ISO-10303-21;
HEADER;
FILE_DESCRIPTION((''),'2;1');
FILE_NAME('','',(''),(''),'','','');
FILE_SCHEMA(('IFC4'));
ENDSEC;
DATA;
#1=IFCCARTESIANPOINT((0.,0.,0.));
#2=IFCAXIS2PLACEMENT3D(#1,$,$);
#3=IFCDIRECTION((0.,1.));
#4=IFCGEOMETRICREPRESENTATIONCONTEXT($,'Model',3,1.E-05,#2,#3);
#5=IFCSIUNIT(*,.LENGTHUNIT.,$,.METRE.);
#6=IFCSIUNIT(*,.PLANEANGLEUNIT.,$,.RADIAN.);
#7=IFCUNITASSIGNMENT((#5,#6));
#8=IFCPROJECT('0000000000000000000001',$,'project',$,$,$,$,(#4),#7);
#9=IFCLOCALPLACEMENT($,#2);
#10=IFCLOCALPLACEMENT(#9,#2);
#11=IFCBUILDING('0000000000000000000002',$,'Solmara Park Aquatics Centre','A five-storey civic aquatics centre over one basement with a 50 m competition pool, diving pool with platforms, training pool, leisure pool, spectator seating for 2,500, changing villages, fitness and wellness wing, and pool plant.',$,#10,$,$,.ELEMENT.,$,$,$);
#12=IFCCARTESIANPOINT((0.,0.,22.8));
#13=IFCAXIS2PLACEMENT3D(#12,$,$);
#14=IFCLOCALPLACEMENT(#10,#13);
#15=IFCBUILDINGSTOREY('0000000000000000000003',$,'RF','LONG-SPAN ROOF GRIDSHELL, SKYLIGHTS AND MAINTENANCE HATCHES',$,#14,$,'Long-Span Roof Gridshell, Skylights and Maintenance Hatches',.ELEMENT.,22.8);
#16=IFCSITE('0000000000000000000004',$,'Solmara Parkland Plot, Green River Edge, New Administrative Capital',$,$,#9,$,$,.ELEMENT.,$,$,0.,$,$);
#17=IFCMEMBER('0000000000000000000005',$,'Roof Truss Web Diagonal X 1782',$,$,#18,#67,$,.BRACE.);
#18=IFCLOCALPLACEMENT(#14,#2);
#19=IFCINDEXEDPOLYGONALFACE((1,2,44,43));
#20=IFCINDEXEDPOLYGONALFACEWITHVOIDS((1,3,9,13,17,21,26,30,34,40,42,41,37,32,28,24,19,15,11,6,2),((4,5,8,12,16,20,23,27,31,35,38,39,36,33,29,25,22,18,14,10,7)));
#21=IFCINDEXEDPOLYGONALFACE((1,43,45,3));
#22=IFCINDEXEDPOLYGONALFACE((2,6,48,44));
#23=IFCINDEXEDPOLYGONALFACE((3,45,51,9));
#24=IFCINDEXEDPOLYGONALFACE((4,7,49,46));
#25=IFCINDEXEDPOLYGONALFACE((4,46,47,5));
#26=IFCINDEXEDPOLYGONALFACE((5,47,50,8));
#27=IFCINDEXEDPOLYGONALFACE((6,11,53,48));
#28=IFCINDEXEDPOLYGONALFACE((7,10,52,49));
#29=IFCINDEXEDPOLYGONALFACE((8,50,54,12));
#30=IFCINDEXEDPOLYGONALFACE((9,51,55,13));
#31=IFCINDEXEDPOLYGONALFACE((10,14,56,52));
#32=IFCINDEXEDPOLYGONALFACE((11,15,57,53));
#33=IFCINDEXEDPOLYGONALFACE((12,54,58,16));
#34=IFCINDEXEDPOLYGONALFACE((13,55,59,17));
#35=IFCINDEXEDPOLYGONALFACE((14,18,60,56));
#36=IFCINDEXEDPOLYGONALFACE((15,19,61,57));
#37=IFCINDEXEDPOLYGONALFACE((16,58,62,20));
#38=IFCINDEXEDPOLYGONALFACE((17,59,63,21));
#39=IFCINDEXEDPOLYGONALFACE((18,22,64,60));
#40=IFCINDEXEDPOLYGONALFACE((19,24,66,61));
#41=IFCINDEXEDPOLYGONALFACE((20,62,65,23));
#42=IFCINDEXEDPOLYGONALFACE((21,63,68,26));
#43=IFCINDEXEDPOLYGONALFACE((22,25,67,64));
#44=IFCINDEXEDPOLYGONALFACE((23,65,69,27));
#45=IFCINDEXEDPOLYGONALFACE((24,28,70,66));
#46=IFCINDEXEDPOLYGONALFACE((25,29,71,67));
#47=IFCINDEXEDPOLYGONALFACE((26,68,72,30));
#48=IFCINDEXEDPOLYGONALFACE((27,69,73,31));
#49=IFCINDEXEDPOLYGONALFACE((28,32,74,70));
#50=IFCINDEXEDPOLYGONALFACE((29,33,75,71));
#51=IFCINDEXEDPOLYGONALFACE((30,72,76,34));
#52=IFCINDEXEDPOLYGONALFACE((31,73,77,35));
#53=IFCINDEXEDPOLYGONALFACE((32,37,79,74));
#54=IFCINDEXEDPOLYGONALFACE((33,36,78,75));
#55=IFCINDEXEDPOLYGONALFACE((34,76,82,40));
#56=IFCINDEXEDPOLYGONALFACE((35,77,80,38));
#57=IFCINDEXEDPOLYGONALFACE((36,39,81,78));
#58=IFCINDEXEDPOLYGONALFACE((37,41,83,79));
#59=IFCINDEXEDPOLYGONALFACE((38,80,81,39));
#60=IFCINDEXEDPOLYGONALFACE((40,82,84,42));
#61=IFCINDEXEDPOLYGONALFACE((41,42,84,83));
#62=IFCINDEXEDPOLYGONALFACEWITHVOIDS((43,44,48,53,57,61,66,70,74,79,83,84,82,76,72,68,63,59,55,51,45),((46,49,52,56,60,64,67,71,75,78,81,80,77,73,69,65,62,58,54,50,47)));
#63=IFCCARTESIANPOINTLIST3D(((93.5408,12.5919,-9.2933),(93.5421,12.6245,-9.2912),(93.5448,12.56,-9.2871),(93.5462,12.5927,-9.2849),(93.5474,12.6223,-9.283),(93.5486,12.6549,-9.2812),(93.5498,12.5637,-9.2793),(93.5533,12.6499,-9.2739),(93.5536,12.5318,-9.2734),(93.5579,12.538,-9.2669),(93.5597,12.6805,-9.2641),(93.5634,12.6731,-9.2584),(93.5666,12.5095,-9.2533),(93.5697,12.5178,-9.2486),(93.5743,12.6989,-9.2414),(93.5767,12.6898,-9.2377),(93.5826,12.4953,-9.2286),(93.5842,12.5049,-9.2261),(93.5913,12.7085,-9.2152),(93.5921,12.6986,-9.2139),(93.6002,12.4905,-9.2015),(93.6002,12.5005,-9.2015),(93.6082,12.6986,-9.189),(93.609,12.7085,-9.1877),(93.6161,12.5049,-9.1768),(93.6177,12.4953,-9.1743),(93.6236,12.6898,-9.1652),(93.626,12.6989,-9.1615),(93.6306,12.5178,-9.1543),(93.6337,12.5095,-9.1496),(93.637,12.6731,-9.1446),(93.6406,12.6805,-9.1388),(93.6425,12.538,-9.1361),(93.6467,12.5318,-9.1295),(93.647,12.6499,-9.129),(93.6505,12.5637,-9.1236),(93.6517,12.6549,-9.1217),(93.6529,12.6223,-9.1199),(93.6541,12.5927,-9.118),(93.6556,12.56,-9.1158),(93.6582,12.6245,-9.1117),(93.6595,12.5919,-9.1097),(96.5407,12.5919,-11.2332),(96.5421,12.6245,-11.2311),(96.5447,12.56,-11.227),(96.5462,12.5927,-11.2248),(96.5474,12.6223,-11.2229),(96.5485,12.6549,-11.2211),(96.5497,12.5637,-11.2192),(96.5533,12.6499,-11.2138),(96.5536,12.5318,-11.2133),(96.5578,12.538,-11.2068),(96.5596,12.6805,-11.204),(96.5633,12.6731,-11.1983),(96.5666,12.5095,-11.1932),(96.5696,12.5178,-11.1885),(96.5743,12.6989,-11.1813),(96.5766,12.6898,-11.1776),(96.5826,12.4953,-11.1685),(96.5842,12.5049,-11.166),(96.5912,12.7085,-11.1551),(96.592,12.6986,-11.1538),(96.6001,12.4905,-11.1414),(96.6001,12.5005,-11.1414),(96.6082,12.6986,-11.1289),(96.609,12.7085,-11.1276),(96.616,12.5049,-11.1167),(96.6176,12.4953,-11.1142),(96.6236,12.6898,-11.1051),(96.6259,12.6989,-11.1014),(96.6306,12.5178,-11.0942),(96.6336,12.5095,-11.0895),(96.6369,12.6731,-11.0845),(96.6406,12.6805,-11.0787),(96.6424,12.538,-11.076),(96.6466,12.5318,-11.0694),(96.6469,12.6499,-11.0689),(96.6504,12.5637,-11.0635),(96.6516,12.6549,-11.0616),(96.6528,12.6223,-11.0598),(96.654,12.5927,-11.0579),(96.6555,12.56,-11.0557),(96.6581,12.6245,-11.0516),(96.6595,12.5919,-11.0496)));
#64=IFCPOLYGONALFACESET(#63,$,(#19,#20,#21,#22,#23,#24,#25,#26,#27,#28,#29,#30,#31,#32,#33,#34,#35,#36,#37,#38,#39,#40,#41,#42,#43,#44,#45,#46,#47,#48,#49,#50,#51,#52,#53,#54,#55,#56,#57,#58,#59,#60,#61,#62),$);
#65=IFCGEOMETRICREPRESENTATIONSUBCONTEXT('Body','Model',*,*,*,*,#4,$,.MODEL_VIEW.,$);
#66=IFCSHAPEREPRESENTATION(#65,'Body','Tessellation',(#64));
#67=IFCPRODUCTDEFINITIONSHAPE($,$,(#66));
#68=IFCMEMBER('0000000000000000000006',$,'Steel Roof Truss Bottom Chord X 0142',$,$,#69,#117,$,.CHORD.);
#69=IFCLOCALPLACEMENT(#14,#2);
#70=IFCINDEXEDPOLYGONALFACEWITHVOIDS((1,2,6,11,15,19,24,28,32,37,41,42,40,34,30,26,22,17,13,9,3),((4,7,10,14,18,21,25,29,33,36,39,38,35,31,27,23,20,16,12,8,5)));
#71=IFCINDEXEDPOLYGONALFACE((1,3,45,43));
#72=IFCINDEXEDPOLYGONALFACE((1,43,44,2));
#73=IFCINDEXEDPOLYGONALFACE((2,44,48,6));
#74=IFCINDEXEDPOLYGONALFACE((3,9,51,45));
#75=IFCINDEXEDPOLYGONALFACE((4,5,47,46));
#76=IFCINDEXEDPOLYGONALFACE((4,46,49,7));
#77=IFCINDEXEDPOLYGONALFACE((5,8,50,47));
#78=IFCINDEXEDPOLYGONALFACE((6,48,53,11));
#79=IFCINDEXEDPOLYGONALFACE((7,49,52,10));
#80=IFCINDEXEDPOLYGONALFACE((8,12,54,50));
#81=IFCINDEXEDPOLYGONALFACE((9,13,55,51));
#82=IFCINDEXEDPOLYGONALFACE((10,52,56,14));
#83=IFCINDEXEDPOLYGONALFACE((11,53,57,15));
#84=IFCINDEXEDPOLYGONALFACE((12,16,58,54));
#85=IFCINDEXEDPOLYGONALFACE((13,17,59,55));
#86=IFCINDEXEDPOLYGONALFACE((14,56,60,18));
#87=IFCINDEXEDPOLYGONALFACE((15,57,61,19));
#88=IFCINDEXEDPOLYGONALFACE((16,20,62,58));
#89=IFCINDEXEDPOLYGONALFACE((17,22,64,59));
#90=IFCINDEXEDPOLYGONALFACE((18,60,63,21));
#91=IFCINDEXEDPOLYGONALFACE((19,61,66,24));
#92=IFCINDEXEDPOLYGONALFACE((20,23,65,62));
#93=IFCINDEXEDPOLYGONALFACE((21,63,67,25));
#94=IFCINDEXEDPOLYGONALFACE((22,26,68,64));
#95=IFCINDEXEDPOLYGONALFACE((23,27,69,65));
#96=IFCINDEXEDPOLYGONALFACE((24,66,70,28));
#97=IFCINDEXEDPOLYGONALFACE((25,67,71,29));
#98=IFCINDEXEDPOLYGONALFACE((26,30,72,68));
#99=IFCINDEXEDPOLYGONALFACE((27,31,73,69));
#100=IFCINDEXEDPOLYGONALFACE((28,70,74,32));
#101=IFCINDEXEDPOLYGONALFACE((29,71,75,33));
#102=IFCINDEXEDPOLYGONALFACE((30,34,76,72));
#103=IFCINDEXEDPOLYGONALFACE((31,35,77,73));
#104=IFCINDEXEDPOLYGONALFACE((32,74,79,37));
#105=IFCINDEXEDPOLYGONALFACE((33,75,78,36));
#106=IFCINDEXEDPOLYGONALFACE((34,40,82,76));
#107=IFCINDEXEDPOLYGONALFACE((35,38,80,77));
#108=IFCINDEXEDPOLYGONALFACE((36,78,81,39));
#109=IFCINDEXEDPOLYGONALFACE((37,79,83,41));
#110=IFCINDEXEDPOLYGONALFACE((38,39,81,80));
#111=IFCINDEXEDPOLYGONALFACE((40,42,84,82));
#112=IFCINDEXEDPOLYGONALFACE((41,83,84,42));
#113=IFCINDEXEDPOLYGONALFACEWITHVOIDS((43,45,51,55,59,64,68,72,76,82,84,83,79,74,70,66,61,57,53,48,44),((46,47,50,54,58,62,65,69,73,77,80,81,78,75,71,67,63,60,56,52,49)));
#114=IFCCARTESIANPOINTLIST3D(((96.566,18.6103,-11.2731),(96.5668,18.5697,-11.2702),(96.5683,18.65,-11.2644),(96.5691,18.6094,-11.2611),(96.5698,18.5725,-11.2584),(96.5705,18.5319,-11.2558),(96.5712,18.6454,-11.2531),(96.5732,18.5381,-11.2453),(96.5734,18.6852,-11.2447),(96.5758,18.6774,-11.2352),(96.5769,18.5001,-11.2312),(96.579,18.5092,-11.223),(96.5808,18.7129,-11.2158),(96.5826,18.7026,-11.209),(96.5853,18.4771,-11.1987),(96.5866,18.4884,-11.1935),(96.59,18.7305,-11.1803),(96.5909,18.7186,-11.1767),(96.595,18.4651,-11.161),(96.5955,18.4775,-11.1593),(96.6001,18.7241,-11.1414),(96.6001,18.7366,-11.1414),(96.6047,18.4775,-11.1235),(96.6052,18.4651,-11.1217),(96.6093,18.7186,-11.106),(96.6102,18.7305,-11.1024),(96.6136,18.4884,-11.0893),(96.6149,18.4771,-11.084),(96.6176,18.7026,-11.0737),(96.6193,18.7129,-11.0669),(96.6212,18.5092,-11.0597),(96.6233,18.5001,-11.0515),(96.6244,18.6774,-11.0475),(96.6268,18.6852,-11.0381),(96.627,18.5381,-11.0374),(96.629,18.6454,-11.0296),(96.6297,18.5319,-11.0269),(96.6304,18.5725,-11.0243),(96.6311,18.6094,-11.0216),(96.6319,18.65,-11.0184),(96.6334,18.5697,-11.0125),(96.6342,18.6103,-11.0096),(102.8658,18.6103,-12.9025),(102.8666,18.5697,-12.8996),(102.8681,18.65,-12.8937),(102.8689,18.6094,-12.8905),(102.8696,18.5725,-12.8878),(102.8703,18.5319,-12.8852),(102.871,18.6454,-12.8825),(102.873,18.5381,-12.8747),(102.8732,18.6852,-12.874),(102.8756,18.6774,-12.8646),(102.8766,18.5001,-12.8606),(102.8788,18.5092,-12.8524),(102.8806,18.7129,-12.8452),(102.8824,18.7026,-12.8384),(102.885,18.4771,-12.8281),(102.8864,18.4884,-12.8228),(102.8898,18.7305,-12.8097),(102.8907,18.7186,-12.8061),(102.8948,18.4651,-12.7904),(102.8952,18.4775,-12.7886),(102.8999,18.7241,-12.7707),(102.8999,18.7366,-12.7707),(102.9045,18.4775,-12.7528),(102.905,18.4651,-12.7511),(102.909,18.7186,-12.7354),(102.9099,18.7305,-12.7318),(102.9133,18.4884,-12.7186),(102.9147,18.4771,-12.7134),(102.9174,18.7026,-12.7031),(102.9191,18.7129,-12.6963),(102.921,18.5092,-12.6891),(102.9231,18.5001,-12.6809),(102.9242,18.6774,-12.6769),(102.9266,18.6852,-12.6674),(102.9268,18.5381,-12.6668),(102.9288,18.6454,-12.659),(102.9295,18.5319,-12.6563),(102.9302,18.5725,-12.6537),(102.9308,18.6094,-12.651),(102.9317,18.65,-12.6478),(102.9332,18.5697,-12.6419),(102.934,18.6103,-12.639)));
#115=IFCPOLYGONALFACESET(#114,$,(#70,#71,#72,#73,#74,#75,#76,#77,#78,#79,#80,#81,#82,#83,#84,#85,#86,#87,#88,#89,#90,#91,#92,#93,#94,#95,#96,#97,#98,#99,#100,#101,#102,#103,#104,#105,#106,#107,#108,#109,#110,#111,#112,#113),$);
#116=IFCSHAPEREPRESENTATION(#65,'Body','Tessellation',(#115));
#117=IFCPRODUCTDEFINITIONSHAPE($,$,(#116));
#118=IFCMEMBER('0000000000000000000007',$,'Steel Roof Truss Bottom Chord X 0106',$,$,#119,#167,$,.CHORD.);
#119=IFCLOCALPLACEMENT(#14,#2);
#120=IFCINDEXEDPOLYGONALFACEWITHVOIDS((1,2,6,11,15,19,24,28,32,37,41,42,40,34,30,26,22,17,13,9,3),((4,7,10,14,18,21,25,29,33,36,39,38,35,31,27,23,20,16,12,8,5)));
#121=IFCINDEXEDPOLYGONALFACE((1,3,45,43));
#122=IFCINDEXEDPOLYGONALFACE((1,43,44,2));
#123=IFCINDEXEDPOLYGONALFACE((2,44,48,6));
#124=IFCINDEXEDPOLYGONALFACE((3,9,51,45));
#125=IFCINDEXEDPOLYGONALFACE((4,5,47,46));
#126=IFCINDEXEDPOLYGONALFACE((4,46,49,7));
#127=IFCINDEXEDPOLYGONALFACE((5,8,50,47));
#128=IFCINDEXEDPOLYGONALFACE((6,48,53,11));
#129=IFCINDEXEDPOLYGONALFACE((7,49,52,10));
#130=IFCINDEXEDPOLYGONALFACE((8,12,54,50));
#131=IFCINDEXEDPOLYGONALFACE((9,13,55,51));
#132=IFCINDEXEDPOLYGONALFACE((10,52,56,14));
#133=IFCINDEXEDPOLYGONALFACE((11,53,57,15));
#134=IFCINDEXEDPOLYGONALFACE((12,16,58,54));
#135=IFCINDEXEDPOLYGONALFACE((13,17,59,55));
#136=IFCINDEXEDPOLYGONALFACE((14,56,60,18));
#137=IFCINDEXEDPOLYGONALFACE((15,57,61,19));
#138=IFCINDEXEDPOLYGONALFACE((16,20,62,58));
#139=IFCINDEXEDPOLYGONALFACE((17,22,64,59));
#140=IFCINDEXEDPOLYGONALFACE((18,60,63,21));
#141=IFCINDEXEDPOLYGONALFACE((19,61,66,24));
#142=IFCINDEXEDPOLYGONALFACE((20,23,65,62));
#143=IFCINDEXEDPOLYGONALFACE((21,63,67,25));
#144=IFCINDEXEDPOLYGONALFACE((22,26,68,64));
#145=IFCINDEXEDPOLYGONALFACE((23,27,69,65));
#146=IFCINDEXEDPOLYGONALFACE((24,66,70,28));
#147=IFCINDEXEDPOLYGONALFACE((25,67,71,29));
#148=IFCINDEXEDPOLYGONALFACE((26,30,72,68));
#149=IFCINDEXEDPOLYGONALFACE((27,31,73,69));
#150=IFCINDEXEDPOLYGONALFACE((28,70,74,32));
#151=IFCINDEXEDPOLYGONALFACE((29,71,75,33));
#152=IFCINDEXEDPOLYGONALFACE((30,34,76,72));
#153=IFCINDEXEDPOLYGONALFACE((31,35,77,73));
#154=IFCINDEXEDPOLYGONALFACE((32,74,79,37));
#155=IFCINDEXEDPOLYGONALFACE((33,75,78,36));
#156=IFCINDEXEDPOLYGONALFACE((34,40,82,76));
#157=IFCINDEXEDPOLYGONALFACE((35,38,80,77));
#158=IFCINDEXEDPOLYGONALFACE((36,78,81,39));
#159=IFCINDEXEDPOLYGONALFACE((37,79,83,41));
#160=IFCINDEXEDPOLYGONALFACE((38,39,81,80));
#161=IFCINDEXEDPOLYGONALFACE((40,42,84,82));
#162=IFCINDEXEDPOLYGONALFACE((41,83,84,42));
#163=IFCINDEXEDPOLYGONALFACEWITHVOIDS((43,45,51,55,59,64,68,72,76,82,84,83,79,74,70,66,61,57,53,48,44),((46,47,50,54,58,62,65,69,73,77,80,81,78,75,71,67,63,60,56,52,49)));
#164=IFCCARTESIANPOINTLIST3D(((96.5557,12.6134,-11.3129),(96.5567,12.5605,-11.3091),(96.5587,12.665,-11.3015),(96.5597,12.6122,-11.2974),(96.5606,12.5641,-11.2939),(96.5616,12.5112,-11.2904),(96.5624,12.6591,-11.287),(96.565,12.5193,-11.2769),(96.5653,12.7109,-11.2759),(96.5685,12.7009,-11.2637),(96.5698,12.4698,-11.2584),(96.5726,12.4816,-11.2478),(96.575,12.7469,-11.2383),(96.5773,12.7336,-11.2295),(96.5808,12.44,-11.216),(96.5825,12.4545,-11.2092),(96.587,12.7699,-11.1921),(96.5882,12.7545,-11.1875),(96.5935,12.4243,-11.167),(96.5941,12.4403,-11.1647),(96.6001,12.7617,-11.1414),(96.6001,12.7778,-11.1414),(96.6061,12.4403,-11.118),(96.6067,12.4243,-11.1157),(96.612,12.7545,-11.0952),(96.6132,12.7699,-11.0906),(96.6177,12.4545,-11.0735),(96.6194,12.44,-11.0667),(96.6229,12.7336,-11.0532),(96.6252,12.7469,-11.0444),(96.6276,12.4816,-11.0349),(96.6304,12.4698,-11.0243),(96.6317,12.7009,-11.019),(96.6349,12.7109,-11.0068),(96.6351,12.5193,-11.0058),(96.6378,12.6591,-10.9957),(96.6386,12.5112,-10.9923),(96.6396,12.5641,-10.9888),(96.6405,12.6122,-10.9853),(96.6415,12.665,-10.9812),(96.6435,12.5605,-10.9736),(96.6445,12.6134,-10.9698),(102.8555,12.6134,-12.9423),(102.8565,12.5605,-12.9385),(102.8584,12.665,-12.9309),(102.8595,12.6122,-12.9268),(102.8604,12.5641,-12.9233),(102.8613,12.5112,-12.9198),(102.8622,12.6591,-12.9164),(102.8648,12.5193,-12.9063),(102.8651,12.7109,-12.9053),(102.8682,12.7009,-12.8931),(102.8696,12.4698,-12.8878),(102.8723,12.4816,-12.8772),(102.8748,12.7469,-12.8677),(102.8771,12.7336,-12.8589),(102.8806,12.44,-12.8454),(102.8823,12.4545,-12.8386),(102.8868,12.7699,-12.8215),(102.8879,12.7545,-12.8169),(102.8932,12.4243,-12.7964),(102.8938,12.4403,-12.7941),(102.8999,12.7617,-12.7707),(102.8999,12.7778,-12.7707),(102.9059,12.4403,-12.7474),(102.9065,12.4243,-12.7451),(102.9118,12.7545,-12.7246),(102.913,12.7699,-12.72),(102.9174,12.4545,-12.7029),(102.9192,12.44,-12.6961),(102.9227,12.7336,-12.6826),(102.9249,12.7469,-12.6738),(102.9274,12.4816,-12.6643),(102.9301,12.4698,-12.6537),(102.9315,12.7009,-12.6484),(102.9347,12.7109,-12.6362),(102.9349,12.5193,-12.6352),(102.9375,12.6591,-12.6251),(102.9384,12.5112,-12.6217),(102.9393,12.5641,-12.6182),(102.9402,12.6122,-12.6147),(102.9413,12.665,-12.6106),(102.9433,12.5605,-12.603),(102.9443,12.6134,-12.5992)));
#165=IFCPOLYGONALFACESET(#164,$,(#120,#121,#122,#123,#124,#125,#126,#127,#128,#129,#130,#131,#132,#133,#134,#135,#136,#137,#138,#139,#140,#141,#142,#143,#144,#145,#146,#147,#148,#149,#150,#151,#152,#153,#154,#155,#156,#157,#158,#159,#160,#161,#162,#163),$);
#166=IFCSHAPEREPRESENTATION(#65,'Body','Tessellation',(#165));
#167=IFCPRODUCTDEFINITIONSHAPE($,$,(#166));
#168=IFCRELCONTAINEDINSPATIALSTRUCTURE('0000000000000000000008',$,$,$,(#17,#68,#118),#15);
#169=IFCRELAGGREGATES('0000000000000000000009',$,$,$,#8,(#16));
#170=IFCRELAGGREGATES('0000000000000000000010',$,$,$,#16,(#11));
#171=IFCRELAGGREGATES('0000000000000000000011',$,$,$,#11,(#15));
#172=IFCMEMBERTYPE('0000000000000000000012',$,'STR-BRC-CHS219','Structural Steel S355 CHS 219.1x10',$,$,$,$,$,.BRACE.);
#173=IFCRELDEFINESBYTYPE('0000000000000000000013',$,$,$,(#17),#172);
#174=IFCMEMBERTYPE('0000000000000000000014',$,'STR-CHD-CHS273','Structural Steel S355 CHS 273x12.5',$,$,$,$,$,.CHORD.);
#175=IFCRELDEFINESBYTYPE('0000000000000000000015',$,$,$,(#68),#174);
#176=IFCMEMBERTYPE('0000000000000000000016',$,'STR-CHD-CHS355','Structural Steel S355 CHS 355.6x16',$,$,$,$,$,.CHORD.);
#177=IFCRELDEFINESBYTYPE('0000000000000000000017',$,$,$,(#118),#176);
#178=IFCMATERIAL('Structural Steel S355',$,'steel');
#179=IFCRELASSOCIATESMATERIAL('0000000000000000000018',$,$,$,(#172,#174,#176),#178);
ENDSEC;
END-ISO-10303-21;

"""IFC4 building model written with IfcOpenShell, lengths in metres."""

from ifc_helpers import new_model, si_unit, direction, frame, origin, origin_2d, place, context, subcontext, project, spatial, hollow_circle, extrude, material, material_profile, profile_set, type_object, element, save


model = new_model("IFC4")

# Units and contexts
model_context = context("Model", 3, precision=1e-05, world=origin(), true_north=direction((0.0, 1.0)))
body_context = subcontext(model_context, "Body", "Model", "MODEL_VIEW")
ifc_project = project(units=[si_unit("LENGTHUNIT", "METRE"), si_unit("PLANEANGLEUNIT", "RADIAN")], contexts=[model_context])

# Site, building, storey
site_placement = place(None, origin())
site = spatial("IfcSite", under=ifc_project, at=site_placement, Name="Solmara Parkland Plot, Green River Edge, New Administrative Capital", CompositionType="ELEMENT", RefElevation=0.0)
building_placement = place(site_placement, origin())
building = spatial("IfcBuilding", under=site, at=building_placement, Name="Solmara Park Aquatics Centre", Description="A five-storey civic aquatics centre over one basement with a 50 m competition pool, diving pool with platforms, training pool, leisure pool, spectator seating for 2,500, changing villages, fitness and wellness wing, and pool plant.", CompositionType="ELEMENT")
storey_placement = place(building_placement, frame((0.0, 0.0, 22.8)))
storey = spatial("IfcBuildingStorey", under=building, at=storey_placement, Name="RF", Description="LONG-SPAN ROOF GRIDSHELL, SKYLIGHTS AND MAINTENANCE HATCHES", LongName="Long-Span Roof Gridshell, Skylights and Maintenance Hatches", CompositionType="ELEMENT", Elevation=22.8)

# Members
ifc_material_1 = material(Name="Structural Steel S355", Category="steel")
ifc_material_profile_1 = material_profile(ifc_material_1, hollow_circle(Radius=0.1096, WallThickness=0.01, at=origin_2d()), Name="CHS 219.1x10")
ifc_profile_set_1 = profile_set([ifc_material_profile_1], Name="Structural Steel S355")
member_type_1 = type_object("IfcMemberType", Name="STR-BRC-CHS219", Description="Structural Steel S355 CHS 219.1x10", PredefinedType="BRACE", material=ifc_profile_set_1)
member_1_placement = place(storey_placement, frame((96.6001, 12.6001, -11.1414), z_axis=(-0.839728, 0.0, 0.543008), x_axis=(0.0, -1.0, 0.0)))
element("IfcMember", 1, at=member_1_placement, inside=storey, type_object=member_type_1, Name="Roof Truss Web Diagonal X 1782", PredefinedType="BRACE", context=body_context, shape_type="SweptSolid", body=[
    extrude(hollow_circle(Radius=0.1096, WallThickness=0.01, at=origin_2d()), origin(), (0.0, 0.0, 1.0), 3.5725),
])
ifc_material_profile_2 = material_profile(ifc_material_1, hollow_circle(Radius=0.1365, WallThickness=0.0125, at=origin_2d()), Name="CHS 273x12.5")
ifc_profile_set_2 = profile_set([ifc_material_profile_2], Name="Structural Steel S355")
member_type_2 = type_object("IfcMemberType", Name="STR-CHD-CHS273", Description="Structural Steel S355 CHS 273x12.5", PredefinedType="CHORD", material=ifc_profile_set_2)
member_2_placement = place(storey_placement, frame((96.6001, 18.6001, -11.1414), z_axis=(0.968142, 0.0, -0.250402), x_axis=(0.0, 1.0, 0.0)))
element("IfcMember", 2, at=member_2_placement, inside=storey, type_object=member_type_2, Name="Steel Roof Truss Bottom Chord X 0142", PredefinedType="CHORD", context=body_context, shape_type="SweptSolid", body=[
    extrude(hollow_circle(Radius=0.1365, WallThickness=0.0125, at=origin_2d()), origin(), (0.0, 0.0, 1.0), 6.5071),
])
ifc_material_profile_3 = material_profile(ifc_material_1, hollow_circle(Radius=0.1777, WallThickness=0.0161, at=origin_2d()), Name="CHS 355.6x16")
ifc_profile_set_3 = profile_set([ifc_material_profile_3], Name="Structural Steel S355")
member_type_3 = type_object("IfcMemberType", Name="STR-CHD-CHS355", Description="Structural Steel S355 CHS 355.6x16", PredefinedType="CHORD", material=ifc_profile_set_3)
member_3_placement = place(storey_placement, frame((96.6001, 12.6001, -11.1414), z_axis=(0.968142, 0.0, -0.250402), x_axis=(0.0, 1.0, 0.0)))
element("IfcMember", 3, at=member_3_placement, inside=storey, type_object=member_type_3, Name="Steel Roof Truss Bottom Chord X 0106", PredefinedType="CHORD", context=body_context, shape_type="SweptSolid", body=[
    extrude(hollow_circle(Radius=0.1777, WallThickness=0.0161, at=origin_2d()), origin(), (0.0, 0.0, 1.0), 6.5071),
])

save(model, "model.ifc")
